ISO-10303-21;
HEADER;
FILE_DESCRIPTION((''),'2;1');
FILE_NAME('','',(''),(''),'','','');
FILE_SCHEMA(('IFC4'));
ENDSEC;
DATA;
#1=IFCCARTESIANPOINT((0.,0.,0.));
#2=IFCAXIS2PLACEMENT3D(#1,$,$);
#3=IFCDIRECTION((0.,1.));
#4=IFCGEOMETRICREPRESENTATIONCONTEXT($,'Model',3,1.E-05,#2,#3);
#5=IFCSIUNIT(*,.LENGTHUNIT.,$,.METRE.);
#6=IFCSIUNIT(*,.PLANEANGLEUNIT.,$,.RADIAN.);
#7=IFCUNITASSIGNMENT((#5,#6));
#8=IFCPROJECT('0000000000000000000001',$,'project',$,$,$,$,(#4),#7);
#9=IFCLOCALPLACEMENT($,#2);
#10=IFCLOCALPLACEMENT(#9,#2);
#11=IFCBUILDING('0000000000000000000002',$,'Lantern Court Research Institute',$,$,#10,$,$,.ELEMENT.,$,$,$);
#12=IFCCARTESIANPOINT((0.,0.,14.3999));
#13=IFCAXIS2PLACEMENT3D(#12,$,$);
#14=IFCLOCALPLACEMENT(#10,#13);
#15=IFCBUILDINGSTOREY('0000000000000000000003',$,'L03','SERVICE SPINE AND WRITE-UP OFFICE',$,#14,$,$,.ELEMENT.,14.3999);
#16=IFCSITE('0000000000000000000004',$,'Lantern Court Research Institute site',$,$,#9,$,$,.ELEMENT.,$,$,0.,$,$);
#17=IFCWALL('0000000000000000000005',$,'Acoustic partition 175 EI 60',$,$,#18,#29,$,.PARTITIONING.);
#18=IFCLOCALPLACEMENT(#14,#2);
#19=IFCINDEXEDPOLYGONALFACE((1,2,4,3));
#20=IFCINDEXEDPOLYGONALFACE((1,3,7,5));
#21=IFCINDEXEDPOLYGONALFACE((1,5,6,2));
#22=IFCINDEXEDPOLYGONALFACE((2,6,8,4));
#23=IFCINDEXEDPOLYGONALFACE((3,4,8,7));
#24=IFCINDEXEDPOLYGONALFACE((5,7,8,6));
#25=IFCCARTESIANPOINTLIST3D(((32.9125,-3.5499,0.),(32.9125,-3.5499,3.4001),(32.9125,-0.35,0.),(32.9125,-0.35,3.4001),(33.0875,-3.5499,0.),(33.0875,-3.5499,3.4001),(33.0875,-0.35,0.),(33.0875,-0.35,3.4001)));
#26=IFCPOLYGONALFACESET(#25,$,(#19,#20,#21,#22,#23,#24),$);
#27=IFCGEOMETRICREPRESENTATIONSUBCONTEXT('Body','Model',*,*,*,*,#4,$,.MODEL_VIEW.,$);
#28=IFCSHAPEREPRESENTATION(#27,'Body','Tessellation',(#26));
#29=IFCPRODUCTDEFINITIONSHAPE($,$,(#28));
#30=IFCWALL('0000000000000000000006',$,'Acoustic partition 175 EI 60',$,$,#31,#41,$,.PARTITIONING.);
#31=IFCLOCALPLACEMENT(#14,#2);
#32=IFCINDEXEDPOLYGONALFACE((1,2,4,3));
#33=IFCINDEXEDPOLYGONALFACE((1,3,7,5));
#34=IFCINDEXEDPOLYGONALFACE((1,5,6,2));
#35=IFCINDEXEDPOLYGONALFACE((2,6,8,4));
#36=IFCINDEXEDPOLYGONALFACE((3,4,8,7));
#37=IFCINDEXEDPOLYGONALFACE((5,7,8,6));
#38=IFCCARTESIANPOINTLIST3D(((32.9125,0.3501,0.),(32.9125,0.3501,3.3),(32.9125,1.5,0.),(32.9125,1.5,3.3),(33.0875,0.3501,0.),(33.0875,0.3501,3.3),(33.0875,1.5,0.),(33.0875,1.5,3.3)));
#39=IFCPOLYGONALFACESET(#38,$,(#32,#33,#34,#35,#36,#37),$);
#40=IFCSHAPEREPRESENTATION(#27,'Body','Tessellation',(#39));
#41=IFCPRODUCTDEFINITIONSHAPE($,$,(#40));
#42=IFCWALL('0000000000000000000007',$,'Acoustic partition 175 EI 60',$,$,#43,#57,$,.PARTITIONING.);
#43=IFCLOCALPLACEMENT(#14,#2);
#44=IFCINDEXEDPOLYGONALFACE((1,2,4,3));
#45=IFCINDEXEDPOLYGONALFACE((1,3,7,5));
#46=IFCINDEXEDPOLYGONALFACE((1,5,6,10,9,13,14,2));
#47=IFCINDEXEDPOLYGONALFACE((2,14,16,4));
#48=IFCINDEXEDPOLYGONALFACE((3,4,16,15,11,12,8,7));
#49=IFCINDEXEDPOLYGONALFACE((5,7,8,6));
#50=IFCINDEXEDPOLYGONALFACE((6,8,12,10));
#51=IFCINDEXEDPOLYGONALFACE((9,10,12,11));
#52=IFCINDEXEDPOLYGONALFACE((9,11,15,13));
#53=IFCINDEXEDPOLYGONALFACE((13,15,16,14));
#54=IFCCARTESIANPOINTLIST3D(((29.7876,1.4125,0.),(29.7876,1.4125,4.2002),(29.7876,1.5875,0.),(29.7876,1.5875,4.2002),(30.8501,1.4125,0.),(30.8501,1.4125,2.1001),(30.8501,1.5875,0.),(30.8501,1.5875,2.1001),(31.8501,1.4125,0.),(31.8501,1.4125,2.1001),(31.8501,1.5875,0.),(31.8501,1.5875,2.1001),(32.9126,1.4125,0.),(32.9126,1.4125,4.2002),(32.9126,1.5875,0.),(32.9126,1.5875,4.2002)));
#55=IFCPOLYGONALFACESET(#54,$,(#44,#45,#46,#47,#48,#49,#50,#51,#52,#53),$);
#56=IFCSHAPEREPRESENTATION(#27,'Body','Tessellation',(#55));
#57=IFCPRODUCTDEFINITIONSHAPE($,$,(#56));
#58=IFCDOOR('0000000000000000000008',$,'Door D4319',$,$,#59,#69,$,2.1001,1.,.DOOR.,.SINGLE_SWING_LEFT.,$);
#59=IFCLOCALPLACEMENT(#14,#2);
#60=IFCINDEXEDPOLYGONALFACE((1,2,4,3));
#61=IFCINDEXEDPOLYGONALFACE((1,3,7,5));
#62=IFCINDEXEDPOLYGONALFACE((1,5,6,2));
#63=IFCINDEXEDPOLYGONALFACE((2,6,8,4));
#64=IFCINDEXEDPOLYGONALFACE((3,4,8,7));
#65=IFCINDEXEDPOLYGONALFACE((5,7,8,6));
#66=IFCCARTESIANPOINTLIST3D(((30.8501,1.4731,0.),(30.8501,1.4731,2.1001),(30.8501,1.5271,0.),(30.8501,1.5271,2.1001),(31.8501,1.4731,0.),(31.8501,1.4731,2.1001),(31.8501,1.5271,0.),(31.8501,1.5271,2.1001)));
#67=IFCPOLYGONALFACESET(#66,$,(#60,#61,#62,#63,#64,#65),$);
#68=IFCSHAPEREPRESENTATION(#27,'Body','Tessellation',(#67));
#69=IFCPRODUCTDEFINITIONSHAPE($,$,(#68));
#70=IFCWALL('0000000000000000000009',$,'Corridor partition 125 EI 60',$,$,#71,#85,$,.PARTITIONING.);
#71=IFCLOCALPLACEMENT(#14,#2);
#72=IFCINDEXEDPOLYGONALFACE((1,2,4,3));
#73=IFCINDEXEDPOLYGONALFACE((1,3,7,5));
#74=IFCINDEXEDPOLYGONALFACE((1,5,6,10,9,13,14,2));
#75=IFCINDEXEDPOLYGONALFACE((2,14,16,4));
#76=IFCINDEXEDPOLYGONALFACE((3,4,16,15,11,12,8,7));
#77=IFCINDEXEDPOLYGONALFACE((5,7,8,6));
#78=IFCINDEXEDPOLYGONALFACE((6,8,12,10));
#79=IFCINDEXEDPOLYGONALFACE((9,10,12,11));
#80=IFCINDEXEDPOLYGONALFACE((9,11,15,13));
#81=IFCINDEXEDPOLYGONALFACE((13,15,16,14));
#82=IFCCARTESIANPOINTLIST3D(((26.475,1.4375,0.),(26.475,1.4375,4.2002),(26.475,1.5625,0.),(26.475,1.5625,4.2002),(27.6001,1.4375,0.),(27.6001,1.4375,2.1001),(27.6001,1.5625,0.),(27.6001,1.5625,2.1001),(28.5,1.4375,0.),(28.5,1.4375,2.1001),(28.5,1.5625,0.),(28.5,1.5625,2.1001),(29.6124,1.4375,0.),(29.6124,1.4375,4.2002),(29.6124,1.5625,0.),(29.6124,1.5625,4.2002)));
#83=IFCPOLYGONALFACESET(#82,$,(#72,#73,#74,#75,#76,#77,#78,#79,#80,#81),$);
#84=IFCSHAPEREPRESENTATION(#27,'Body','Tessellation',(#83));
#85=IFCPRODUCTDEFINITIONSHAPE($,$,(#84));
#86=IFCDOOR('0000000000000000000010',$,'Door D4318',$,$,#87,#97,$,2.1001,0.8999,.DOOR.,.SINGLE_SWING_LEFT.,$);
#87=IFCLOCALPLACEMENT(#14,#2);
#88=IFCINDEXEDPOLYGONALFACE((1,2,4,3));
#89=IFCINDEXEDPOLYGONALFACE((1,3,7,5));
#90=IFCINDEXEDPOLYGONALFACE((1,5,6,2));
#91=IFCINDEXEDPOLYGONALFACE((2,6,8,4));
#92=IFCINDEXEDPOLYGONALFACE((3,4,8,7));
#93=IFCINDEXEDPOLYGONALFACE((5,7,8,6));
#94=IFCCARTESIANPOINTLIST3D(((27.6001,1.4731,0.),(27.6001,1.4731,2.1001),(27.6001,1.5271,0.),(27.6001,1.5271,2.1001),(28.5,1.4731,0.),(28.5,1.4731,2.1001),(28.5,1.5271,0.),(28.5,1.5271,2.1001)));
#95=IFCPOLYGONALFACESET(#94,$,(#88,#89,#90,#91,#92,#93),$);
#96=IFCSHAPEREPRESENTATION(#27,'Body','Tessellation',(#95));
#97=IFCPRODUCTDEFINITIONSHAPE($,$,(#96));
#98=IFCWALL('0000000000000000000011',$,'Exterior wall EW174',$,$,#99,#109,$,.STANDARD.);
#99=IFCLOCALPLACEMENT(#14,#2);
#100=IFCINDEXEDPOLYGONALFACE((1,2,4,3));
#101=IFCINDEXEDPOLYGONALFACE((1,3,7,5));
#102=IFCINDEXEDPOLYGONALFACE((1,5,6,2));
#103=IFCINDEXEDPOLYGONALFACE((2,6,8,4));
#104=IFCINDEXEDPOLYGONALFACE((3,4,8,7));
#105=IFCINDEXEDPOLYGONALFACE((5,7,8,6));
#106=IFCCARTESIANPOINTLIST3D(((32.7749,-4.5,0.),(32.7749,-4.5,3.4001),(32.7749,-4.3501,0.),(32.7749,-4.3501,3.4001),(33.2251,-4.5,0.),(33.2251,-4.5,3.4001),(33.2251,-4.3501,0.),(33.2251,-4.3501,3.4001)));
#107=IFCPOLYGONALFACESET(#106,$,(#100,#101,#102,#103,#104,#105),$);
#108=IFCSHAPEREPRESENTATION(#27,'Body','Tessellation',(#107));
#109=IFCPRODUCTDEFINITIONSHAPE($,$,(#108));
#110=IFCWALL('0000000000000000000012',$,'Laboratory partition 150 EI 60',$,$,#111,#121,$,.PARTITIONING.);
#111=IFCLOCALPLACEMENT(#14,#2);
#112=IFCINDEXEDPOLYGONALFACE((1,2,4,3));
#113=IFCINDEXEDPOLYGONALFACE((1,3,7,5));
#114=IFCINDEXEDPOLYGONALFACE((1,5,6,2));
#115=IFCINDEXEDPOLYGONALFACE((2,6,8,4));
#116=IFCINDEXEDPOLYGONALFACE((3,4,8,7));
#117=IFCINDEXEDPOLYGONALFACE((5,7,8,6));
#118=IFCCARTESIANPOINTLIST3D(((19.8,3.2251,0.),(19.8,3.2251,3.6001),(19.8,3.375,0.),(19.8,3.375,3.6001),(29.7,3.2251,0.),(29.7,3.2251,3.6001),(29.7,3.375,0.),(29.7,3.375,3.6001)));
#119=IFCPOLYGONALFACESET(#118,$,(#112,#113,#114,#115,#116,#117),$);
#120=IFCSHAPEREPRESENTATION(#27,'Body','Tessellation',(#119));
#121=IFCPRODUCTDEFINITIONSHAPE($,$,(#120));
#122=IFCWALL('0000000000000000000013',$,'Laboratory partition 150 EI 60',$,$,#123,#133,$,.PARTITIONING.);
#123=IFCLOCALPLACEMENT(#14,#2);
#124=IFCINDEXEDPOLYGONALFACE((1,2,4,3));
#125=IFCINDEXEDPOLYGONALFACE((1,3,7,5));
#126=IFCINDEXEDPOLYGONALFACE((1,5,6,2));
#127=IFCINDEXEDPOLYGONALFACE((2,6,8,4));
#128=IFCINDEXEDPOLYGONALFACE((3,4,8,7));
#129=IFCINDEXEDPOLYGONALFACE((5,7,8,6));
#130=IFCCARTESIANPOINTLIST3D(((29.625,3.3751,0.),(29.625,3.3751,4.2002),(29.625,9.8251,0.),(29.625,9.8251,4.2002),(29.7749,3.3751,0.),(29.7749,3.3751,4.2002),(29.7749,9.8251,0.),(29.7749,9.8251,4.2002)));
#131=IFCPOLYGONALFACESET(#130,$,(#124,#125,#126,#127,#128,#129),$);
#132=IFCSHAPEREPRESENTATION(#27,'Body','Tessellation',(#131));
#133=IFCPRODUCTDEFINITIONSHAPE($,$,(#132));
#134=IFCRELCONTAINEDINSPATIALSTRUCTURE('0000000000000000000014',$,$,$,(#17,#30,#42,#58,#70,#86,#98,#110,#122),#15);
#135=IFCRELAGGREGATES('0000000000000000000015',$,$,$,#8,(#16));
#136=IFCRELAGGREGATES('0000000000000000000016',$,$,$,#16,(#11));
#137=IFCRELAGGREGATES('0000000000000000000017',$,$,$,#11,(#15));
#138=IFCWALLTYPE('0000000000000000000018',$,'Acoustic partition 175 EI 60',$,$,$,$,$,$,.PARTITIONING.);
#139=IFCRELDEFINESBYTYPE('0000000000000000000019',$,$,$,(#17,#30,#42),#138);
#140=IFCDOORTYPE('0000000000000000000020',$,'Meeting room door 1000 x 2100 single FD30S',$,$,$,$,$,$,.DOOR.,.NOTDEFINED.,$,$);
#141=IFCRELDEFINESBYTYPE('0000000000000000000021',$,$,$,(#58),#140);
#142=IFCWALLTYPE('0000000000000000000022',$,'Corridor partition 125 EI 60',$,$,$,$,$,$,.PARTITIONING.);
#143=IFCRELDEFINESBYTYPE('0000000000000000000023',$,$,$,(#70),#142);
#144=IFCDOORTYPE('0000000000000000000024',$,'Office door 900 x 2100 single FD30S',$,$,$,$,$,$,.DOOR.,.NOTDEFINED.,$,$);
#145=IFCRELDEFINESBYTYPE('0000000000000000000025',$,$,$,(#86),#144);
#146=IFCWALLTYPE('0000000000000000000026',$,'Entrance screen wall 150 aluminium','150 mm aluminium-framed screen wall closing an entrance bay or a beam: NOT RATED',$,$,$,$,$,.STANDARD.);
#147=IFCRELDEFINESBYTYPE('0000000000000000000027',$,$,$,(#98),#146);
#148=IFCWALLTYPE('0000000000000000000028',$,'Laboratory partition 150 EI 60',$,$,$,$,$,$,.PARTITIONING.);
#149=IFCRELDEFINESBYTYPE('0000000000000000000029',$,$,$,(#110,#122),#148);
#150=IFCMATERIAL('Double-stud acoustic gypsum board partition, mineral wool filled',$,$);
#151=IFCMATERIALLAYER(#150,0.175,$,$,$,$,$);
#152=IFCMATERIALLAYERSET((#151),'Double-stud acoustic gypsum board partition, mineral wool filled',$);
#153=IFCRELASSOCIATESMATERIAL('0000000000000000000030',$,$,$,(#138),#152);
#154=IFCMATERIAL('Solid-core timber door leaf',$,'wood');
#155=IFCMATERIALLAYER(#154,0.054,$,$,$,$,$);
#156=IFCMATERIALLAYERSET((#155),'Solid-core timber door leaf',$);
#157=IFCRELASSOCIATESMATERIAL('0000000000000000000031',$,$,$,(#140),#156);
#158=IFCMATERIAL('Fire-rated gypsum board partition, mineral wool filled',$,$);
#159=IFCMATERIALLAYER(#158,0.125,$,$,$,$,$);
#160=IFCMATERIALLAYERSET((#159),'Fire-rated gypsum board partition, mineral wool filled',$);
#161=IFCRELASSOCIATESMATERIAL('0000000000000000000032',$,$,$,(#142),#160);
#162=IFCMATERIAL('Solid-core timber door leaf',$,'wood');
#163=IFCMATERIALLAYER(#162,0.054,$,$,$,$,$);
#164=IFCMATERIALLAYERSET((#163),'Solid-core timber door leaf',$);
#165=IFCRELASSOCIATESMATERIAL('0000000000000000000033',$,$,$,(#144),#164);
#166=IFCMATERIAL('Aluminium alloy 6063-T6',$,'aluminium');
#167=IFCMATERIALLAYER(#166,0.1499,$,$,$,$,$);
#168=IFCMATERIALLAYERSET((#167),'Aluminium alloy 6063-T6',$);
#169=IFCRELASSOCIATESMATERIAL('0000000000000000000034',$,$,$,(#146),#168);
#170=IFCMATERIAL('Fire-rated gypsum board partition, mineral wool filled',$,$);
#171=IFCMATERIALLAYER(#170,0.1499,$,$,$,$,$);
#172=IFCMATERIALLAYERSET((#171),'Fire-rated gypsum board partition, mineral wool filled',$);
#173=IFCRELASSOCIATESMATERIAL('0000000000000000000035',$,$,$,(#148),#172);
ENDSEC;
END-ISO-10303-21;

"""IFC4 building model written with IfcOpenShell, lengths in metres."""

from ifc_helpers import new_model, si_unit, direction, frame, frame_2d, origin, place, context, subcontext, project, spatial, rectangle, extrude, material, layer, layer_set, type_object, element, fill, save


model = new_model("IFC4")

# Units and contexts
model_context = context("Model", 3, precision=1e-05, world=origin(), true_north=direction((0.0, 1.0)))
body_context = subcontext(model_context, "Body", "Model", "MODEL_VIEW")
ifc_project = project(units=[si_unit("LENGTHUNIT", "METRE"), si_unit("PLANEANGLEUNIT", "RADIAN")], contexts=[model_context])

# Site, building, storey
site_placement = place(None, origin())
site = spatial("IfcSite", under=ifc_project, at=site_placement, Name="Lantern Court Research Institute site", CompositionType="ELEMENT", RefElevation=0.0)
building_placement = place(site_placement, origin())
building = spatial("IfcBuilding", under=site, at=building_placement, Name="Lantern Court Research Institute", CompositionType="ELEMENT")
storey_placement = place(building_placement, frame((0.0, 0.0, 14.3999)))
storey = spatial("IfcBuildingStorey", under=building, at=storey_placement, Name="L03", Description="SERVICE SPINE AND WRITE-UP OFFICE", CompositionType="ELEMENT", Elevation=14.3999)

# Walls
ifc_material_1 = material(Name="Double-stud acoustic gypsum board partition, mineral wool filled")
ifc_layer_1 = layer(ifc_material_1, 0.175)
ifc_layer_set_1 = layer_set([ifc_layer_1], Name="Double-stud acoustic gypsum board partition, mineral wool filled")
wall_type_1 = type_object("IfcWallType", Name="Acoustic partition 175 EI 60", PredefinedType="PARTITIONING", material=ifc_layer_set_1)
wall_1_placement = place(storey_placement, frame((33.0, -3.55, 0.0), z_axis=(0.0, 0.0, 1.0), x_axis=(0.0, 1.0, 0.0)))
element("IfcWall", 1, at=wall_1_placement, inside=storey, type_object=wall_type_1, Name="Acoustic partition 175 EI 60", PredefinedType="PARTITIONING", context=body_context, shape_type="SweptSolid", body=[
    extrude(rectangle(XDim=3.2, YDim=0.175, at=frame_2d((1.6001, 0.0))), origin(), (0.0, 0.0, 1.0), 3.4001),
])
wall_2_placement = place(storey_placement, frame((33.0, 0.3501, 0.0), z_axis=(0.0, 0.0, 1.0), x_axis=(0.0, 1.0, 0.0)))
element("IfcWall", 2, at=wall_2_placement, inside=storey, type_object=wall_type_1, Name="Acoustic partition 175 EI 60", PredefinedType="PARTITIONING", context=body_context, shape_type="SweptSolid", body=[
    extrude(rectangle(XDim=1.1499, YDim=0.175, at=frame_2d((0.575, 0.0))), origin(), (0.0, 0.0, 1.0), 3.3),
])

# Walls, openings, doors
wall_3_placement = place(storey_placement, frame((32.9126, 1.5, 0.0), z_axis=(0.0, 0.0, 1.0), x_axis=(-1.0, 0.0, 0.0)))
wall_3 = element("IfcWall", 3, at=wall_3_placement, inside=storey, type_object=wall_type_1, Name="Acoustic partition 175 EI 60", PredefinedType="PARTITIONING", context=body_context, shape_type="SweptSolid", body=[
    extrude(rectangle(XDim=3.125, YDim=0.175, at=frame_2d((1.5625, 0.0))), origin(), (0.0, 0.0, 1.0), 4.2002),
])
opening_1_placement = place(wall_3_placement, frame((1.0625, 0.0, 0.0)))
opening_1 = element("IfcOpeningElement", 4, at=opening_1_placement, cuts=wall_3, PredefinedType="OPENING", context=body_context, shape_type="SweptSolid", body=[
    extrude(rectangle(XDim=1.0, YDim=2.1001, at=frame_2d((0.5, 1.05))), frame((0.0, 0.0974, 0.0), z_axis=(0.0, -1.0, 0.0), x_axis=(1.0, 0.0, 0.0)), (0.0, 0.0, 1.0), 0.1951),
])
ifc_material_2 = material(Name="Solid-core timber door leaf", Category="wood")
ifc_layer_2 = layer(ifc_material_2, 0.054)
ifc_layer_set_2 = layer_set([ifc_layer_2], Name="Solid-core timber door leaf")
door_type_1 = type_object("IfcDoorType", Name="Meeting room door 1000 x 2100 single FD30S", OperationType="NOTDEFINED", PredefinedType="DOOR", material=ifc_layer_set_2)
door_1_placement = place(opening_1_placement, origin())
door_1 = element("IfcDoor", 5, at=door_1_placement, inside=storey, type_object=door_type_1, Name="Door D4319", OperationType="SINGLE_SWING_LEFT", OverallHeight=2.1001, OverallWidth=1.0, PredefinedType="DOOR", context=body_context, shape_type="SweptSolid", body=[
    extrude(rectangle(XDim=1.0, YDim=2.1001, at=frame_2d((0.5, 1.05))), frame((0.0, 0.0269, 0.0), z_axis=(0.0, -1.0, 0.0), x_axis=(1.0, 0.0, 0.0)), (0.0, 0.0, 1.0), 0.054),
])
fill(opening_1, door_1)
ifc_material_3 = material(Name="Fire-rated gypsum board partition, mineral wool filled")
ifc_layer_3 = layer(ifc_material_3, 0.125)
ifc_layer_set_3 = layer_set([ifc_layer_3], Name="Fire-rated gypsum board partition, mineral wool filled")
wall_type_2 = type_object("IfcWallType", Name="Corridor partition 125 EI 60", PredefinedType="PARTITIONING", material=ifc_layer_set_3)
wall_4_placement = place(storey_placement, frame((29.6125, 1.5, 0.0), z_axis=(0.0, 0.0, 1.0), x_axis=(-1.0, 0.0, 0.0)))
wall_4 = element("IfcWall", 6, at=wall_4_placement, inside=storey, type_object=wall_type_2, Name="Corridor partition 125 EI 60", PredefinedType="PARTITIONING", context=body_context, shape_type="SweptSolid", body=[
    extrude(rectangle(XDim=3.1375, YDim=0.125, at=frame_2d((1.5688, 0.0))), origin(), (0.0, 0.0, 1.0), 4.2002),
])
opening_2_placement = place(wall_4_placement, frame((1.1125, 0.0, 0.0)))
opening_2 = element("IfcOpeningElement", 7, at=opening_2_placement, cuts=wall_4, PredefinedType="OPENING", context=body_context, shape_type="SweptSolid", body=[
    extrude(rectangle(XDim=0.8999, YDim=2.1001, at=frame_2d((0.45, 1.05))), frame((0.0, 0.0725, 0.0), z_axis=(0.0, -1.0, 0.0), x_axis=(1.0, 0.0, 0.0)), (0.0, 0.0, 1.0), 0.145),
])
ifc_material_4 = material(Name="Solid-core timber door leaf", Category="wood")
ifc_layer_4 = layer(ifc_material_4, 0.054)
ifc_layer_set_4 = layer_set([ifc_layer_4], Name="Solid-core timber door leaf")
door_type_2 = type_object("IfcDoorType", Name="Office door 900 x 2100 single FD30S", OperationType="NOTDEFINED", PredefinedType="DOOR", material=ifc_layer_set_4)
door_2_placement = place(opening_2_placement, origin())
door_2 = element("IfcDoor", 8, at=door_2_placement, inside=storey, type_object=door_type_2, Name="Door D4318", OperationType="SINGLE_SWING_LEFT", OverallHeight=2.1001, OverallWidth=0.8999, PredefinedType="DOOR", context=body_context, shape_type="SweptSolid", body=[
    extrude(rectangle(XDim=0.8999, YDim=2.1001, at=frame_2d((0.45, 1.05))), frame((0.0, 0.0269, 0.0), z_axis=(0.0, -1.0, 0.0), x_axis=(1.0, 0.0, 0.0)), (0.0, 0.0, 1.0), 0.054),
])
fill(opening_2, door_2)

# Walls
ifc_material_5 = material(Name="Aluminium alloy 6063-T6", Category="aluminium")
ifc_layer_5 = layer(ifc_material_5, 0.1499)
ifc_layer_set_5 = layer_set([ifc_layer_5], Name="Aluminium alloy 6063-T6")
wall_type_3 = type_object("IfcWallType", Name="Entrance screen wall 150 aluminium", Description="150 mm aluminium-framed screen wall closing an entrance bay or a beam: NOT RATED", PredefinedType="STANDARD", material=ifc_layer_set_5)
wall_5_placement = place(storey_placement, frame((33.2251, -4.425, 0.0), z_axis=(0.0, 0.0, 1.0), x_axis=(-1.0, 0.0, 0.0)))
element("IfcWall", 9, at=wall_5_placement, inside=storey, type_object=wall_type_3, Name="Exterior wall EW174", PredefinedType="STANDARD", context=body_context, shape_type="SweptSolid", body=[
    extrude(rectangle(XDim=0.4502, YDim=0.1499, at=frame_2d((0.2251, 0.0))), origin(), (0.0, 0.0, 1.0), 3.4001),
])
ifc_material_6 = material(Name="Fire-rated gypsum board partition, mineral wool filled")
ifc_layer_6 = layer(ifc_material_6, 0.1499)
ifc_layer_set_6 = layer_set([ifc_layer_6], Name="Fire-rated gypsum board partition, mineral wool filled")
wall_type_4 = type_object("IfcWallType", Name="Laboratory partition 150 EI 60", PredefinedType="PARTITIONING", material=ifc_layer_set_6)
wall_6_placement = place(storey_placement, frame((29.7, 3.3, 0.0), z_axis=(0.0, 0.0, 1.0), x_axis=(-1.0, 0.0, 0.0)))
element("IfcWall", 10, at=wall_6_placement, inside=storey, type_object=wall_type_4, Name="Laboratory partition 150 EI 60", PredefinedType="PARTITIONING", context=body_context, shape_type="SweptSolid", body=[
    extrude(rectangle(XDim=9.8999, YDim=0.1499, at=frame_2d((4.95, 0.0))), origin(), (0.0, 0.0, 1.0), 3.6001),
])
wall_7_placement = place(storey_placement, frame((29.7, 3.375, 0.0), z_axis=(0.0, 0.0, 1.0), x_axis=(0.0, 1.0, 0.0)))
element("IfcWall", 11, at=wall_7_placement, inside=storey, type_object=wall_type_4, Name="Laboratory partition 150 EI 60", PredefinedType="PARTITIONING", context=body_context, shape_type="SweptSolid", body=[
    extrude(rectangle(XDim=6.45, YDim=0.1499, at=frame_2d((3.2251, 0.0))), origin(), (0.0, 0.0, 1.0), 4.2002),
])

save(model, "model.ifc")
